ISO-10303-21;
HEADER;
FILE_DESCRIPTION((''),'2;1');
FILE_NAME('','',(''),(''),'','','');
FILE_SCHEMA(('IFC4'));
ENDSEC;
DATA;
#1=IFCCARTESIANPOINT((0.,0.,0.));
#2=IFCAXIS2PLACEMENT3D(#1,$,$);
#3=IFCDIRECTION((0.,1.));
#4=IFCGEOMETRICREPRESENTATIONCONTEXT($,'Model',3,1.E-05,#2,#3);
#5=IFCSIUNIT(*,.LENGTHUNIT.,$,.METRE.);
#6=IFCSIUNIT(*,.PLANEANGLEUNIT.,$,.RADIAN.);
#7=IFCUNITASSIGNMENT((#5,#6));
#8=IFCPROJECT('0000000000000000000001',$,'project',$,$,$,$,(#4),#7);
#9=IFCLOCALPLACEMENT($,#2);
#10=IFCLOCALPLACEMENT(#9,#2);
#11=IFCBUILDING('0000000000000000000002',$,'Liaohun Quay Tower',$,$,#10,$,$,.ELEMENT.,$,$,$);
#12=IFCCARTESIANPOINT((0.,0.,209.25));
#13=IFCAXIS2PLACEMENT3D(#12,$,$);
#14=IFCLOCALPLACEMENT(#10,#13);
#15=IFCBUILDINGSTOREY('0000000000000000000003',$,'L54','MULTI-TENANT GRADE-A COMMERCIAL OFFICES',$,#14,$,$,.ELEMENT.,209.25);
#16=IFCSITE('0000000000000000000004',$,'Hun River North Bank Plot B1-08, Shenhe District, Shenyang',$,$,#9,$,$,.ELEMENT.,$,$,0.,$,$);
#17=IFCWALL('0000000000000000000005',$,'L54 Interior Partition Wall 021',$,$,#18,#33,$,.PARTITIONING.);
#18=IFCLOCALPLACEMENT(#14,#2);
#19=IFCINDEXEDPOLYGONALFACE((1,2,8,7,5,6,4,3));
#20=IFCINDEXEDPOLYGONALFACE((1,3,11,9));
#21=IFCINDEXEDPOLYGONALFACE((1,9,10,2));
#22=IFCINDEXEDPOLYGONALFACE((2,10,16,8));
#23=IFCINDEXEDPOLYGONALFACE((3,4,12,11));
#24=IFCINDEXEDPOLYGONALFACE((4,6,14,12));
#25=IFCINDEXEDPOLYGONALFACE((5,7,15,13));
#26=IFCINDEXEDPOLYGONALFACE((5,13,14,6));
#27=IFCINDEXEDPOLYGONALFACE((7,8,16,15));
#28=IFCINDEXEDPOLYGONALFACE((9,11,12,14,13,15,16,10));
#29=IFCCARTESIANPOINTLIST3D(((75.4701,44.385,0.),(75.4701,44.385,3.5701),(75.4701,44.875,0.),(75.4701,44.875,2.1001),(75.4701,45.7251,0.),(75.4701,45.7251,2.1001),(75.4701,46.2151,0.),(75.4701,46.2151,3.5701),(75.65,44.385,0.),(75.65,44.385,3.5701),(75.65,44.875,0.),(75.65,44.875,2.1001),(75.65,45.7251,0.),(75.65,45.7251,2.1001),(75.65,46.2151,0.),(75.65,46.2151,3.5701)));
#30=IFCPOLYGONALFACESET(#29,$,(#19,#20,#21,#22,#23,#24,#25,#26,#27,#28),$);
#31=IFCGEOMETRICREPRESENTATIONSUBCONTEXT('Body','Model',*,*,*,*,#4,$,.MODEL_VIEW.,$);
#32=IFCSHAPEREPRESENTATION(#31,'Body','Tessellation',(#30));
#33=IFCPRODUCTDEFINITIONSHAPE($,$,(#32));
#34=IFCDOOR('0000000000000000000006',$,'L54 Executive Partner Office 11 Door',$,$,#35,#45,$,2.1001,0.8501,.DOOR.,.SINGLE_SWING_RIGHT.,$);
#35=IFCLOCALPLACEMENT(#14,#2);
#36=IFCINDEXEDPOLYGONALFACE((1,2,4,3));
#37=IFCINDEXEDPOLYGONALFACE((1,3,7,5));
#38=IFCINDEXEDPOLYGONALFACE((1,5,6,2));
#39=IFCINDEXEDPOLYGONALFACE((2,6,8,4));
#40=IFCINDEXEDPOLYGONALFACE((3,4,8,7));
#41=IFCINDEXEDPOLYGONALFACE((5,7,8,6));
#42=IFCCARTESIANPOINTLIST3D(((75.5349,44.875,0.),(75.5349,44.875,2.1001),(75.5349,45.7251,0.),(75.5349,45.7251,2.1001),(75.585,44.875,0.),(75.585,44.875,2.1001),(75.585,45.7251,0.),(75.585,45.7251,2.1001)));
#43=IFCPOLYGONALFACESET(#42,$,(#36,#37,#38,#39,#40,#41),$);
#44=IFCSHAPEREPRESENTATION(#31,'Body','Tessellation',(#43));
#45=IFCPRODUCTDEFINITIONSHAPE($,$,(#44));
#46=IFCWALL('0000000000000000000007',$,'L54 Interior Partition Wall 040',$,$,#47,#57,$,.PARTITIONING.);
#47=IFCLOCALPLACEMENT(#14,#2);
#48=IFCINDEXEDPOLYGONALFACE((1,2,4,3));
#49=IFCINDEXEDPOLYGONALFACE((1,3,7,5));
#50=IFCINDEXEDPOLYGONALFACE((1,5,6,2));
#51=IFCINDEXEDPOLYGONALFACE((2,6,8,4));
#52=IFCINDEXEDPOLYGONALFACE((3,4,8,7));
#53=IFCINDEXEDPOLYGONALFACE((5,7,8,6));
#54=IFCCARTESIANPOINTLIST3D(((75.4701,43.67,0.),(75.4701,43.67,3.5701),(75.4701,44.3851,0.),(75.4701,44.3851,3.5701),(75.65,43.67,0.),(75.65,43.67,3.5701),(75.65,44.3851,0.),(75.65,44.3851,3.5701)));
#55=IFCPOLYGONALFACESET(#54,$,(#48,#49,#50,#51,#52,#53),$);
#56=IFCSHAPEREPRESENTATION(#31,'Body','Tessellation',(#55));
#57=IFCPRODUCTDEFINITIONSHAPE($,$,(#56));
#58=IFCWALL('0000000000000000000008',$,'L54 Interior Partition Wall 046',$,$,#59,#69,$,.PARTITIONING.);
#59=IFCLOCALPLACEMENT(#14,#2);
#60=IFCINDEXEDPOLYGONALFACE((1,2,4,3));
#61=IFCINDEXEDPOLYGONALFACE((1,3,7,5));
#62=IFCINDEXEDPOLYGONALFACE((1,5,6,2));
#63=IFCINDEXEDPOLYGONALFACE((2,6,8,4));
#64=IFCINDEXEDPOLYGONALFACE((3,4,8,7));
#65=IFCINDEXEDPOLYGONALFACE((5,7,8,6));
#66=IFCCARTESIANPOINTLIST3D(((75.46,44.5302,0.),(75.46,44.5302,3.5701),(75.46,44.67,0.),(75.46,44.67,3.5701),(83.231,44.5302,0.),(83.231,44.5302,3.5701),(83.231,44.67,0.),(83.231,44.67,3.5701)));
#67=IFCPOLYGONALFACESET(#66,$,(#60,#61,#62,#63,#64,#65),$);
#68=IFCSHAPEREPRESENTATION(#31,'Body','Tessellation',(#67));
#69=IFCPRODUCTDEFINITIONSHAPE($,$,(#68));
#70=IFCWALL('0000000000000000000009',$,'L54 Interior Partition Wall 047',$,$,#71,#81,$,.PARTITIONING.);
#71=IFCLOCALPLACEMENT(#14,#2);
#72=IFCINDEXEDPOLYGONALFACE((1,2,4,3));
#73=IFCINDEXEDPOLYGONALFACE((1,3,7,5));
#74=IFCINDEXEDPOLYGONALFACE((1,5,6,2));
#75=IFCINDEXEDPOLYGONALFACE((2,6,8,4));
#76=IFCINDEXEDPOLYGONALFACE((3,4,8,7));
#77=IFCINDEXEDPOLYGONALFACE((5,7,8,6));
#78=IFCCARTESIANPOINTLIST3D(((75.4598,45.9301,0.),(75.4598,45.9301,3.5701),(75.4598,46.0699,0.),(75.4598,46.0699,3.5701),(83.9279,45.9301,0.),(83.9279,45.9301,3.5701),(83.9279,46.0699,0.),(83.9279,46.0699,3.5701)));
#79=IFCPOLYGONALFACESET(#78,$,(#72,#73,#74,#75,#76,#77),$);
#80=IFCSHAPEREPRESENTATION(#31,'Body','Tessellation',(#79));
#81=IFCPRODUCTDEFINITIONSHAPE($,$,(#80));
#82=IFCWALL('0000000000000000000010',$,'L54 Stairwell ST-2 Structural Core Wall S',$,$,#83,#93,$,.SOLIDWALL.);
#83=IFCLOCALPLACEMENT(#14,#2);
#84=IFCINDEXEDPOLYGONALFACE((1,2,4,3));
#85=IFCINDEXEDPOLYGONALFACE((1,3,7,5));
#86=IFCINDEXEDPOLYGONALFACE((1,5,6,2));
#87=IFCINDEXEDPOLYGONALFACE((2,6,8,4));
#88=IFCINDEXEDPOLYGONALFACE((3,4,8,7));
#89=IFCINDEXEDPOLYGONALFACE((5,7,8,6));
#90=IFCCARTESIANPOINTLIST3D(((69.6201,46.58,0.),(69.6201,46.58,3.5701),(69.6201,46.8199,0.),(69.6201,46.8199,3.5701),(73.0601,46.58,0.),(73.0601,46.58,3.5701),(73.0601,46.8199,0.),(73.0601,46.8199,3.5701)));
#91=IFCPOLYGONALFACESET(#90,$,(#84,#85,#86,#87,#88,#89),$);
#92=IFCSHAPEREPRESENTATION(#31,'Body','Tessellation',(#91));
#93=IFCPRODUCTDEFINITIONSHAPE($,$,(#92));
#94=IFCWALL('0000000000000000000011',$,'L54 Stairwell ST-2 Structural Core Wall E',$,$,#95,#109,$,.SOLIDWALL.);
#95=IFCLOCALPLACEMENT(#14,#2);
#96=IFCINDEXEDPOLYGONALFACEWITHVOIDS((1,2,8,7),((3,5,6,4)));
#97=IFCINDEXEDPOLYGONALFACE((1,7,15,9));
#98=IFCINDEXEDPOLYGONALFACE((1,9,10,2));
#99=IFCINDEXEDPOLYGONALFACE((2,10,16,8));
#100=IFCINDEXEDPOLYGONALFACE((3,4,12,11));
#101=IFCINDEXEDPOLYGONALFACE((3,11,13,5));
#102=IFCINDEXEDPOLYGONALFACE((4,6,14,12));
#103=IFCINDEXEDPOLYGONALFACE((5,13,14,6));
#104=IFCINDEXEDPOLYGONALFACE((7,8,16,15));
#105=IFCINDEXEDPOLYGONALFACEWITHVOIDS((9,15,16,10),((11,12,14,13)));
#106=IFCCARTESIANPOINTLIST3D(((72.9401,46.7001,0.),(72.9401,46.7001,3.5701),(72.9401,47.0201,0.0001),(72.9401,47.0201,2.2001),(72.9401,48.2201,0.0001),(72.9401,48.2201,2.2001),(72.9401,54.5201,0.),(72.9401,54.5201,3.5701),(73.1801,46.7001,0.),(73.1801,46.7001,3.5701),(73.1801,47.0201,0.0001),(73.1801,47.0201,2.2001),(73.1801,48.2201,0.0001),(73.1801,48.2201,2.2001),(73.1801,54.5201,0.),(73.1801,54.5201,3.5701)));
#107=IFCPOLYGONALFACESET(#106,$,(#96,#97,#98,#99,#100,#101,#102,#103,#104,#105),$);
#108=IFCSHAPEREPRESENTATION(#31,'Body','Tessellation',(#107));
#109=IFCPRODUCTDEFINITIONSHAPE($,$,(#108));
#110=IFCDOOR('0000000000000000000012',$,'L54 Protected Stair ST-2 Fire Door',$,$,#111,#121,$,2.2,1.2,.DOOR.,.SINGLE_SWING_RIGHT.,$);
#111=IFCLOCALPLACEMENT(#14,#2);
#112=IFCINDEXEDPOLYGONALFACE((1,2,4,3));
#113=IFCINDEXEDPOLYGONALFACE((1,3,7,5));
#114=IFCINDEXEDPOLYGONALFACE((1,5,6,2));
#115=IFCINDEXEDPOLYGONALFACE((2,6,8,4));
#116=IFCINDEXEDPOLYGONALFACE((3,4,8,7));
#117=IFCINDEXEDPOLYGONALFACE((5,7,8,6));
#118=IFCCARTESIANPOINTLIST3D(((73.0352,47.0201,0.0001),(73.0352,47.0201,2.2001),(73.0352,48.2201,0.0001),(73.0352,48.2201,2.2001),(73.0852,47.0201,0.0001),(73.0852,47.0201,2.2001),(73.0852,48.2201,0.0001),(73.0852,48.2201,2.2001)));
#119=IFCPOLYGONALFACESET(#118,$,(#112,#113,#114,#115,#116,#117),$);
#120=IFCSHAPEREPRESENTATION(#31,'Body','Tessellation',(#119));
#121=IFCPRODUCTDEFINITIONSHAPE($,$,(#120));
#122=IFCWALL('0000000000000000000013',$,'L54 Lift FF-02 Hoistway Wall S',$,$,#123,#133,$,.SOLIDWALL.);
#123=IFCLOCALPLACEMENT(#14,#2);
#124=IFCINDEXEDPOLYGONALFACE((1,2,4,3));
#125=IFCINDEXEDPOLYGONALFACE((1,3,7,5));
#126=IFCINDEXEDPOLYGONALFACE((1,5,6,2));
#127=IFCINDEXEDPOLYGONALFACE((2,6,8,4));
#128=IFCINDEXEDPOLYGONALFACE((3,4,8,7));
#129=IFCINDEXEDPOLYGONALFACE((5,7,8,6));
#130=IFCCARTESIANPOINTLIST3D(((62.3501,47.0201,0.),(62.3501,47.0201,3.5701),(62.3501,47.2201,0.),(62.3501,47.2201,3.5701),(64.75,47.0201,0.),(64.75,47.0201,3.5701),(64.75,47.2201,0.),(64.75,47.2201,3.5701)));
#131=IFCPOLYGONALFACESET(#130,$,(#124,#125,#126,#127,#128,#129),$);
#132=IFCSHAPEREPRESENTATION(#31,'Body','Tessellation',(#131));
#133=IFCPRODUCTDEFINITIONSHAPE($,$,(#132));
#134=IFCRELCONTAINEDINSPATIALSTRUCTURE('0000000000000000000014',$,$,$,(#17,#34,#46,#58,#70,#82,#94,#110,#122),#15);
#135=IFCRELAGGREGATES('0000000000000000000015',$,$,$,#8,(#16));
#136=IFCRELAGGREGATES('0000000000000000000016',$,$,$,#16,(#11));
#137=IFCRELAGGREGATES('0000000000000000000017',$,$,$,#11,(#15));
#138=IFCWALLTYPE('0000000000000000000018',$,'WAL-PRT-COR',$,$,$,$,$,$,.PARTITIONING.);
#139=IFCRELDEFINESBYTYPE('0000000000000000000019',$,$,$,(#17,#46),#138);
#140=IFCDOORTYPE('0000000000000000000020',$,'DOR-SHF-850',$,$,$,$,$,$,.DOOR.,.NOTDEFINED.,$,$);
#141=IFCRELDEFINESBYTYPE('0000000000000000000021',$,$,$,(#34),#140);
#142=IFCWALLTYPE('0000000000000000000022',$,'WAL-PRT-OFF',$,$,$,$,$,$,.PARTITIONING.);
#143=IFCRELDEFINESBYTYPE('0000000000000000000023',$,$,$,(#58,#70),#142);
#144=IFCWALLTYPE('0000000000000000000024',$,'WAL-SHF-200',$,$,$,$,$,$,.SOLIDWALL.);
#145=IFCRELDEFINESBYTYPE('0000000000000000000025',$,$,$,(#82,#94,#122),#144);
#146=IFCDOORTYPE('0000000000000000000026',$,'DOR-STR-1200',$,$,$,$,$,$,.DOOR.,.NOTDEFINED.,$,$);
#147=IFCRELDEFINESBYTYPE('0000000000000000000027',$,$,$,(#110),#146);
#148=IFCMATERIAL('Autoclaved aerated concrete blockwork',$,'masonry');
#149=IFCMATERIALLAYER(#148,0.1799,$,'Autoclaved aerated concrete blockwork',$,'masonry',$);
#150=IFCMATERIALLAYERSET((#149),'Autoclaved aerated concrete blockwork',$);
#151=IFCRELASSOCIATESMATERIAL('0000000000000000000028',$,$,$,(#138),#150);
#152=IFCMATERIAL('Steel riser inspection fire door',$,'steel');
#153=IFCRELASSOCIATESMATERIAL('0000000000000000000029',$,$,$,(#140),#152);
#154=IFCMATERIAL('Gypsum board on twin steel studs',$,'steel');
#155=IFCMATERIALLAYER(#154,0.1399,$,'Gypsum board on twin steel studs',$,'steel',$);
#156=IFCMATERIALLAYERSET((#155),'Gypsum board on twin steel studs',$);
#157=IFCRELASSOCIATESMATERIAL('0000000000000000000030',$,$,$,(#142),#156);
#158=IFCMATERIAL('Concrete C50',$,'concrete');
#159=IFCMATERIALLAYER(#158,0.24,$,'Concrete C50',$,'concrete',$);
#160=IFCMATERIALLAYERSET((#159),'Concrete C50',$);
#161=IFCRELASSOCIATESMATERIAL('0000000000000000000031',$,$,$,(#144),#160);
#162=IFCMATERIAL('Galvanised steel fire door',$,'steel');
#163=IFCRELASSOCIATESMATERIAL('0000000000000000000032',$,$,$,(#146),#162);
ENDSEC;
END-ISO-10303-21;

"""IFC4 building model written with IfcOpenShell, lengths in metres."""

from ifc_helpers import new_model, si_unit, direction, frame, frame_2d, origin, place, context, subcontext, project, spatial, rectangle, extrude, source, transform, mapped, material, layer, layer_set, type_object, element, fill, save


model = new_model("IFC4")

# Units and contexts
model_context = context("Model", 3, precision=1e-05, world=origin(), true_north=direction((0.0, 1.0)))
body_context = subcontext(model_context, "Body", "Model", "MODEL_VIEW")
ifc_project = project(units=[si_unit("LENGTHUNIT", "METRE"), si_unit("PLANEANGLEUNIT", "RADIAN")], contexts=[model_context])

# Site, building, storey
site_placement = place(None, origin())
site = spatial("IfcSite", under=ifc_project, at=site_placement, Name="Hun River North Bank Plot B1-08, Shenhe District, Shenyang", CompositionType="ELEMENT", RefElevation=0.0)
building_placement = place(site_placement, origin())
building = spatial("IfcBuilding", under=site, at=building_placement, Name="Liaohun Quay Tower", CompositionType="ELEMENT")
storey_placement = place(building_placement, frame((0.0, 0.0, 209.25)))
storey = spatial("IfcBuildingStorey", under=building, at=storey_placement, Name="L54", Description="MULTI-TENANT GRADE-A COMMERCIAL OFFICES", CompositionType="ELEMENT", Elevation=209.25)

# Wall, opening, door
ifc_material_1 = material(Name="Autoclaved aerated concrete blockwork", Category="masonry")
ifc_layer_1 = layer(ifc_material_1, 0.1799, Name="Autoclaved aerated concrete blockwork", Category="masonry")
ifc_layer_set_1 = layer_set([ifc_layer_1], Name="Autoclaved aerated concrete blockwork")
wall_type_1 = type_object("IfcWallType", Name="WAL-PRT-COR", PredefinedType="PARTITIONING", material=ifc_layer_set_1)
wall_1_placement = place(storey_placement, frame((75.5601, 46.2151, 0.0), z_axis=(0.0, 0.0, 1.0), x_axis=(0.0, -1.0, 0.0)))
wall_1 = element("IfcWall", 1, at=wall_1_placement, inside=storey, type_object=wall_type_1, Name="L54 Interior Partition Wall 021", PredefinedType="PARTITIONING", context=body_context, shape_type="SweptSolid", body=[
    extrude(rectangle(XDim=1.8301, YDim=0.1799, at=frame_2d((0.915, 0.0))), origin(), (0.0, 0.0, 1.0), 3.5701),
])
shared_shape_1 = source(origin(), body_context, "Body", "SweptSolid", [
    extrude(rectangle(XDim=0.8501, YDim=2.1001, at=frame_2d((0.425, 1.05))), frame((0.0, 0.0999, 0.0), z_axis=(0.0, -1.0, 0.0), x_axis=(1.0, 0.0, 0.0)), (0.0, 0.0, 1.0), 0.2),
])
opening_1_placement = place(wall_1_placement, frame((0.49, 0.0, 0.0)))
opening_1 = element("IfcOpeningElement", 2, at=opening_1_placement, cuts=wall_1, PredefinedType="OPENING", context=body_context, shape_type="MappedRepresentation", body=[
    mapped(shared_shape_1, transform((0.0, 0.0, 0.0), x_axis=(1.0, 0.0, 0.0), y_axis=(0.0, 1.0, 0.0), z_axis=(0.0, 0.0, 1.0), scale=1.0)),
])
ifc_material_2 = material(Name="Steel riser inspection fire door", Category="steel")
door_type_1 = type_object("IfcDoorType", Name="DOR-SHF-850", OperationType="NOTDEFINED", PredefinedType="DOOR", material=ifc_material_2)
shared_shape_2 = source(origin(), body_context, "Body", "SweptSolid", [
    extrude(rectangle(XDim=0.8501, YDim=2.1001, at=frame_2d((0.425, 1.05))), frame((0.0, 0.0249, 0.0), z_axis=(0.0, -1.0, 0.0), x_axis=(1.0, 0.0, 0.0)), (0.0, 0.0, 1.0), 0.05),
])
door_1_placement = place(opening_1_placement, origin())
door_1 = element("IfcDoor", 3, at=door_1_placement, inside=storey, type_object=door_type_1, Name="L54 Executive Partner Office 11 Door", OperationType="SINGLE_SWING_RIGHT", OverallHeight=2.1001, OverallWidth=0.8501, PredefinedType="DOOR", context=body_context, shape_type="MappedRepresentation", body=[
    mapped(shared_shape_2, transform((0.0, 0.0, 0.0), x_axis=(1.0, 0.0, 0.0), y_axis=(0.0, 1.0, 0.0), z_axis=(0.0, 0.0, 1.0), scale=1.0)),
])
fill(opening_1, door_1)

# Walls
wall_2_placement = place(storey_placement, frame((75.5601, 44.385, 0.0), z_axis=(0.0, 0.0, 1.0), x_axis=(0.0, -1.0, 0.0)))
element("IfcWall", 4, at=wall_2_placement, inside=storey, type_object=wall_type_1, Name="L54 Interior Partition Wall 040", PredefinedType="PARTITIONING", context=body_context, shape_type="SweptSolid", body=[
    extrude(rectangle(XDim=0.7151, YDim=0.1799, at=frame_2d((0.3574, 0.0))), origin(), (0.0, 0.0, 1.0), 3.5701),
])
ifc_material_3 = material(Name="Gypsum board on twin steel studs", Category="steel")
ifc_layer_2 = layer(ifc_material_3, 0.1399, Name="Gypsum board on twin steel studs", Category="steel")
ifc_layer_set_2 = layer_set([ifc_layer_2], Name="Gypsum board on twin steel studs")
wall_type_2 = type_object("IfcWallType", Name="WAL-PRT-OFF", PredefinedType="PARTITIONING", material=ifc_layer_set_2)
wall_3_placement = place(storey_placement, frame((75.46, 44.6001, 0.0), z_axis=(0.0, 0.0, 1.0), x_axis=(1.0, 0.0, 0.0)))
element("IfcWall", 5, at=wall_3_placement, inside=storey, type_object=wall_type_2, Name="L54 Interior Partition Wall 046", PredefinedType="PARTITIONING", context=body_context, shape_type="SweptSolid", body=[
    extrude(rectangle(XDim=7.771, YDim=0.1399, at=frame_2d((3.8855, 0.0))), origin(), (0.0, 0.0, 1.0), 3.5701),
])
wall_4_placement = place(storey_placement, frame((75.46, 46.0, 0.0), z_axis=(0.0, 0.0, 1.0), x_axis=(1.0, 0.0, 0.0)))
element("IfcWall", 6, at=wall_4_placement, inside=storey, type_object=wall_type_2, Name="L54 Interior Partition Wall 047", PredefinedType="PARTITIONING", context=body_context, shape_type="SweptSolid", body=[
    extrude(rectangle(XDim=8.468, YDim=0.1399, at=frame_2d((4.2339, 0.0))), origin(), (0.0, 0.0, 1.0), 3.5701),
])
ifc_material_4 = material(Name="Concrete C50", Category="concrete")
ifc_layer_3 = layer(ifc_material_4, 0.24, Name="Concrete C50", Category="concrete")
ifc_layer_set_3 = layer_set([ifc_layer_3], Name="Concrete C50")
wall_type_3 = type_object("IfcWallType", Name="WAL-SHF-200", PredefinedType="SOLIDWALL", material=ifc_layer_set_3)
wall_5_placement = place(storey_placement, frame((69.6201, 46.7, 0.0), z_axis=(0.0, 0.0, 1.0), x_axis=(1.0, 0.0, 0.0)))
element("IfcWall", 7, at=wall_5_placement, inside=storey, type_object=wall_type_3, Name="L54 Stairwell ST-2 Structural Core Wall S", PredefinedType="SOLIDWALL", context=body_context, shape_type="SweptSolid", body=[
    extrude(rectangle(XDim=3.4399, YDim=0.24, at=frame_2d((1.72, 0.0))), origin(), (0.0, 0.0, 1.0), 3.5701),
])

# Wall, opening, door
wall_6_placement = place(storey_placement, frame((73.0601, 46.7, 0.0), z_axis=(0.0, 0.0, 1.0), x_axis=(0.0, 1.0, 0.0)))
wall_6 = element("IfcWall", 8, at=wall_6_placement, inside=storey, type_object=wall_type_3, Name="L54 Stairwell ST-2 Structural Core Wall E", PredefinedType="SOLIDWALL", context=body_context, shape_type="SweptSolid", body=[
    extrude(rectangle(XDim=7.8201, YDim=0.24, at=frame_2d((3.9102, 0.0))), origin(), (0.0, 0.0, 1.0), 3.5701),
])
shared_shape_3 = source(origin(), body_context, "Body", "SweptSolid", [
    extrude(rectangle(XDim=1.2, YDim=2.2, at=frame_2d((0.6001, 1.1001))), frame((0.0, 0.1299, 0.0), z_axis=(0.0, -1.0, 0.0), x_axis=(1.0, 0.0, 0.0)), (0.0, 0.0, 1.0), 0.26),
])
opening_2_placement = place(wall_6_placement, frame((0.3201, 0.0, 0.0)))
opening_2 = element("IfcOpeningElement", 9, at=opening_2_placement, cuts=wall_6, PredefinedType="OPENING", context=body_context, shape_type="MappedRepresentation", body=[
    mapped(shared_shape_3, transform((0.0, 0.0, 0.0), x_axis=(1.0, 0.0, 0.0), y_axis=(0.0, 1.0, 0.0), z_axis=(0.0, 0.0, 1.0), scale=1.0)),
])
ifc_material_5 = material(Name="Galvanised steel fire door", Category="steel")
door_type_2 = type_object("IfcDoorType", Name="DOR-STR-1200", OperationType="NOTDEFINED", PredefinedType="DOOR", material=ifc_material_5)
shared_shape_4 = source(origin(), body_context, "Body", "SweptSolid", [
    extrude(rectangle(XDim=1.2, YDim=2.2, at=frame_2d((0.6001, 1.1001))), frame((0.0, 0.0249, 0.0), z_axis=(0.0, -1.0, 0.0), x_axis=(1.0, 0.0, 0.0)), (0.0, 0.0, 1.0), 0.05),
])
door_2_placement = place(opening_2_placement, origin())
door_2 = element("IfcDoor", 10, at=door_2_placement, inside=storey, type_object=door_type_2, Name="L54 Protected Stair ST-2 Fire Door", OperationType="SINGLE_SWING_RIGHT", OverallHeight=2.2, OverallWidth=1.2, PredefinedType="DOOR", context=body_context, shape_type="MappedRepresentation", body=[
    mapped(shared_shape_4, transform((0.0, 0.0, 0.0), x_axis=(1.0, 0.0, 0.0), y_axis=(0.0, 1.0, 0.0), z_axis=(0.0, 0.0, 1.0), scale=1.0)),
])
fill(opening_2, door_2)

# Wall
wall_7_placement = place(storey_placement, frame((62.3501, 47.1201, 0.0), z_axis=(0.0, 0.0, 1.0), x_axis=(1.0, 0.0, 0.0)))
element("IfcWall", 11, at=wall_7_placement, inside=storey, type_object=wall_type_3, Name="L54 Lift FF-02 Hoistway Wall S", PredefinedType="SOLIDWALL", context=body_context, shape_type="SweptSolid", body=[
    extrude(rectangle(XDim=2.3999, YDim=0.2, at=frame_2d((1.2, 0.0))), origin(), (0.0, 0.0, 1.0), 3.5701),
])

save(model, "model.ifc")
